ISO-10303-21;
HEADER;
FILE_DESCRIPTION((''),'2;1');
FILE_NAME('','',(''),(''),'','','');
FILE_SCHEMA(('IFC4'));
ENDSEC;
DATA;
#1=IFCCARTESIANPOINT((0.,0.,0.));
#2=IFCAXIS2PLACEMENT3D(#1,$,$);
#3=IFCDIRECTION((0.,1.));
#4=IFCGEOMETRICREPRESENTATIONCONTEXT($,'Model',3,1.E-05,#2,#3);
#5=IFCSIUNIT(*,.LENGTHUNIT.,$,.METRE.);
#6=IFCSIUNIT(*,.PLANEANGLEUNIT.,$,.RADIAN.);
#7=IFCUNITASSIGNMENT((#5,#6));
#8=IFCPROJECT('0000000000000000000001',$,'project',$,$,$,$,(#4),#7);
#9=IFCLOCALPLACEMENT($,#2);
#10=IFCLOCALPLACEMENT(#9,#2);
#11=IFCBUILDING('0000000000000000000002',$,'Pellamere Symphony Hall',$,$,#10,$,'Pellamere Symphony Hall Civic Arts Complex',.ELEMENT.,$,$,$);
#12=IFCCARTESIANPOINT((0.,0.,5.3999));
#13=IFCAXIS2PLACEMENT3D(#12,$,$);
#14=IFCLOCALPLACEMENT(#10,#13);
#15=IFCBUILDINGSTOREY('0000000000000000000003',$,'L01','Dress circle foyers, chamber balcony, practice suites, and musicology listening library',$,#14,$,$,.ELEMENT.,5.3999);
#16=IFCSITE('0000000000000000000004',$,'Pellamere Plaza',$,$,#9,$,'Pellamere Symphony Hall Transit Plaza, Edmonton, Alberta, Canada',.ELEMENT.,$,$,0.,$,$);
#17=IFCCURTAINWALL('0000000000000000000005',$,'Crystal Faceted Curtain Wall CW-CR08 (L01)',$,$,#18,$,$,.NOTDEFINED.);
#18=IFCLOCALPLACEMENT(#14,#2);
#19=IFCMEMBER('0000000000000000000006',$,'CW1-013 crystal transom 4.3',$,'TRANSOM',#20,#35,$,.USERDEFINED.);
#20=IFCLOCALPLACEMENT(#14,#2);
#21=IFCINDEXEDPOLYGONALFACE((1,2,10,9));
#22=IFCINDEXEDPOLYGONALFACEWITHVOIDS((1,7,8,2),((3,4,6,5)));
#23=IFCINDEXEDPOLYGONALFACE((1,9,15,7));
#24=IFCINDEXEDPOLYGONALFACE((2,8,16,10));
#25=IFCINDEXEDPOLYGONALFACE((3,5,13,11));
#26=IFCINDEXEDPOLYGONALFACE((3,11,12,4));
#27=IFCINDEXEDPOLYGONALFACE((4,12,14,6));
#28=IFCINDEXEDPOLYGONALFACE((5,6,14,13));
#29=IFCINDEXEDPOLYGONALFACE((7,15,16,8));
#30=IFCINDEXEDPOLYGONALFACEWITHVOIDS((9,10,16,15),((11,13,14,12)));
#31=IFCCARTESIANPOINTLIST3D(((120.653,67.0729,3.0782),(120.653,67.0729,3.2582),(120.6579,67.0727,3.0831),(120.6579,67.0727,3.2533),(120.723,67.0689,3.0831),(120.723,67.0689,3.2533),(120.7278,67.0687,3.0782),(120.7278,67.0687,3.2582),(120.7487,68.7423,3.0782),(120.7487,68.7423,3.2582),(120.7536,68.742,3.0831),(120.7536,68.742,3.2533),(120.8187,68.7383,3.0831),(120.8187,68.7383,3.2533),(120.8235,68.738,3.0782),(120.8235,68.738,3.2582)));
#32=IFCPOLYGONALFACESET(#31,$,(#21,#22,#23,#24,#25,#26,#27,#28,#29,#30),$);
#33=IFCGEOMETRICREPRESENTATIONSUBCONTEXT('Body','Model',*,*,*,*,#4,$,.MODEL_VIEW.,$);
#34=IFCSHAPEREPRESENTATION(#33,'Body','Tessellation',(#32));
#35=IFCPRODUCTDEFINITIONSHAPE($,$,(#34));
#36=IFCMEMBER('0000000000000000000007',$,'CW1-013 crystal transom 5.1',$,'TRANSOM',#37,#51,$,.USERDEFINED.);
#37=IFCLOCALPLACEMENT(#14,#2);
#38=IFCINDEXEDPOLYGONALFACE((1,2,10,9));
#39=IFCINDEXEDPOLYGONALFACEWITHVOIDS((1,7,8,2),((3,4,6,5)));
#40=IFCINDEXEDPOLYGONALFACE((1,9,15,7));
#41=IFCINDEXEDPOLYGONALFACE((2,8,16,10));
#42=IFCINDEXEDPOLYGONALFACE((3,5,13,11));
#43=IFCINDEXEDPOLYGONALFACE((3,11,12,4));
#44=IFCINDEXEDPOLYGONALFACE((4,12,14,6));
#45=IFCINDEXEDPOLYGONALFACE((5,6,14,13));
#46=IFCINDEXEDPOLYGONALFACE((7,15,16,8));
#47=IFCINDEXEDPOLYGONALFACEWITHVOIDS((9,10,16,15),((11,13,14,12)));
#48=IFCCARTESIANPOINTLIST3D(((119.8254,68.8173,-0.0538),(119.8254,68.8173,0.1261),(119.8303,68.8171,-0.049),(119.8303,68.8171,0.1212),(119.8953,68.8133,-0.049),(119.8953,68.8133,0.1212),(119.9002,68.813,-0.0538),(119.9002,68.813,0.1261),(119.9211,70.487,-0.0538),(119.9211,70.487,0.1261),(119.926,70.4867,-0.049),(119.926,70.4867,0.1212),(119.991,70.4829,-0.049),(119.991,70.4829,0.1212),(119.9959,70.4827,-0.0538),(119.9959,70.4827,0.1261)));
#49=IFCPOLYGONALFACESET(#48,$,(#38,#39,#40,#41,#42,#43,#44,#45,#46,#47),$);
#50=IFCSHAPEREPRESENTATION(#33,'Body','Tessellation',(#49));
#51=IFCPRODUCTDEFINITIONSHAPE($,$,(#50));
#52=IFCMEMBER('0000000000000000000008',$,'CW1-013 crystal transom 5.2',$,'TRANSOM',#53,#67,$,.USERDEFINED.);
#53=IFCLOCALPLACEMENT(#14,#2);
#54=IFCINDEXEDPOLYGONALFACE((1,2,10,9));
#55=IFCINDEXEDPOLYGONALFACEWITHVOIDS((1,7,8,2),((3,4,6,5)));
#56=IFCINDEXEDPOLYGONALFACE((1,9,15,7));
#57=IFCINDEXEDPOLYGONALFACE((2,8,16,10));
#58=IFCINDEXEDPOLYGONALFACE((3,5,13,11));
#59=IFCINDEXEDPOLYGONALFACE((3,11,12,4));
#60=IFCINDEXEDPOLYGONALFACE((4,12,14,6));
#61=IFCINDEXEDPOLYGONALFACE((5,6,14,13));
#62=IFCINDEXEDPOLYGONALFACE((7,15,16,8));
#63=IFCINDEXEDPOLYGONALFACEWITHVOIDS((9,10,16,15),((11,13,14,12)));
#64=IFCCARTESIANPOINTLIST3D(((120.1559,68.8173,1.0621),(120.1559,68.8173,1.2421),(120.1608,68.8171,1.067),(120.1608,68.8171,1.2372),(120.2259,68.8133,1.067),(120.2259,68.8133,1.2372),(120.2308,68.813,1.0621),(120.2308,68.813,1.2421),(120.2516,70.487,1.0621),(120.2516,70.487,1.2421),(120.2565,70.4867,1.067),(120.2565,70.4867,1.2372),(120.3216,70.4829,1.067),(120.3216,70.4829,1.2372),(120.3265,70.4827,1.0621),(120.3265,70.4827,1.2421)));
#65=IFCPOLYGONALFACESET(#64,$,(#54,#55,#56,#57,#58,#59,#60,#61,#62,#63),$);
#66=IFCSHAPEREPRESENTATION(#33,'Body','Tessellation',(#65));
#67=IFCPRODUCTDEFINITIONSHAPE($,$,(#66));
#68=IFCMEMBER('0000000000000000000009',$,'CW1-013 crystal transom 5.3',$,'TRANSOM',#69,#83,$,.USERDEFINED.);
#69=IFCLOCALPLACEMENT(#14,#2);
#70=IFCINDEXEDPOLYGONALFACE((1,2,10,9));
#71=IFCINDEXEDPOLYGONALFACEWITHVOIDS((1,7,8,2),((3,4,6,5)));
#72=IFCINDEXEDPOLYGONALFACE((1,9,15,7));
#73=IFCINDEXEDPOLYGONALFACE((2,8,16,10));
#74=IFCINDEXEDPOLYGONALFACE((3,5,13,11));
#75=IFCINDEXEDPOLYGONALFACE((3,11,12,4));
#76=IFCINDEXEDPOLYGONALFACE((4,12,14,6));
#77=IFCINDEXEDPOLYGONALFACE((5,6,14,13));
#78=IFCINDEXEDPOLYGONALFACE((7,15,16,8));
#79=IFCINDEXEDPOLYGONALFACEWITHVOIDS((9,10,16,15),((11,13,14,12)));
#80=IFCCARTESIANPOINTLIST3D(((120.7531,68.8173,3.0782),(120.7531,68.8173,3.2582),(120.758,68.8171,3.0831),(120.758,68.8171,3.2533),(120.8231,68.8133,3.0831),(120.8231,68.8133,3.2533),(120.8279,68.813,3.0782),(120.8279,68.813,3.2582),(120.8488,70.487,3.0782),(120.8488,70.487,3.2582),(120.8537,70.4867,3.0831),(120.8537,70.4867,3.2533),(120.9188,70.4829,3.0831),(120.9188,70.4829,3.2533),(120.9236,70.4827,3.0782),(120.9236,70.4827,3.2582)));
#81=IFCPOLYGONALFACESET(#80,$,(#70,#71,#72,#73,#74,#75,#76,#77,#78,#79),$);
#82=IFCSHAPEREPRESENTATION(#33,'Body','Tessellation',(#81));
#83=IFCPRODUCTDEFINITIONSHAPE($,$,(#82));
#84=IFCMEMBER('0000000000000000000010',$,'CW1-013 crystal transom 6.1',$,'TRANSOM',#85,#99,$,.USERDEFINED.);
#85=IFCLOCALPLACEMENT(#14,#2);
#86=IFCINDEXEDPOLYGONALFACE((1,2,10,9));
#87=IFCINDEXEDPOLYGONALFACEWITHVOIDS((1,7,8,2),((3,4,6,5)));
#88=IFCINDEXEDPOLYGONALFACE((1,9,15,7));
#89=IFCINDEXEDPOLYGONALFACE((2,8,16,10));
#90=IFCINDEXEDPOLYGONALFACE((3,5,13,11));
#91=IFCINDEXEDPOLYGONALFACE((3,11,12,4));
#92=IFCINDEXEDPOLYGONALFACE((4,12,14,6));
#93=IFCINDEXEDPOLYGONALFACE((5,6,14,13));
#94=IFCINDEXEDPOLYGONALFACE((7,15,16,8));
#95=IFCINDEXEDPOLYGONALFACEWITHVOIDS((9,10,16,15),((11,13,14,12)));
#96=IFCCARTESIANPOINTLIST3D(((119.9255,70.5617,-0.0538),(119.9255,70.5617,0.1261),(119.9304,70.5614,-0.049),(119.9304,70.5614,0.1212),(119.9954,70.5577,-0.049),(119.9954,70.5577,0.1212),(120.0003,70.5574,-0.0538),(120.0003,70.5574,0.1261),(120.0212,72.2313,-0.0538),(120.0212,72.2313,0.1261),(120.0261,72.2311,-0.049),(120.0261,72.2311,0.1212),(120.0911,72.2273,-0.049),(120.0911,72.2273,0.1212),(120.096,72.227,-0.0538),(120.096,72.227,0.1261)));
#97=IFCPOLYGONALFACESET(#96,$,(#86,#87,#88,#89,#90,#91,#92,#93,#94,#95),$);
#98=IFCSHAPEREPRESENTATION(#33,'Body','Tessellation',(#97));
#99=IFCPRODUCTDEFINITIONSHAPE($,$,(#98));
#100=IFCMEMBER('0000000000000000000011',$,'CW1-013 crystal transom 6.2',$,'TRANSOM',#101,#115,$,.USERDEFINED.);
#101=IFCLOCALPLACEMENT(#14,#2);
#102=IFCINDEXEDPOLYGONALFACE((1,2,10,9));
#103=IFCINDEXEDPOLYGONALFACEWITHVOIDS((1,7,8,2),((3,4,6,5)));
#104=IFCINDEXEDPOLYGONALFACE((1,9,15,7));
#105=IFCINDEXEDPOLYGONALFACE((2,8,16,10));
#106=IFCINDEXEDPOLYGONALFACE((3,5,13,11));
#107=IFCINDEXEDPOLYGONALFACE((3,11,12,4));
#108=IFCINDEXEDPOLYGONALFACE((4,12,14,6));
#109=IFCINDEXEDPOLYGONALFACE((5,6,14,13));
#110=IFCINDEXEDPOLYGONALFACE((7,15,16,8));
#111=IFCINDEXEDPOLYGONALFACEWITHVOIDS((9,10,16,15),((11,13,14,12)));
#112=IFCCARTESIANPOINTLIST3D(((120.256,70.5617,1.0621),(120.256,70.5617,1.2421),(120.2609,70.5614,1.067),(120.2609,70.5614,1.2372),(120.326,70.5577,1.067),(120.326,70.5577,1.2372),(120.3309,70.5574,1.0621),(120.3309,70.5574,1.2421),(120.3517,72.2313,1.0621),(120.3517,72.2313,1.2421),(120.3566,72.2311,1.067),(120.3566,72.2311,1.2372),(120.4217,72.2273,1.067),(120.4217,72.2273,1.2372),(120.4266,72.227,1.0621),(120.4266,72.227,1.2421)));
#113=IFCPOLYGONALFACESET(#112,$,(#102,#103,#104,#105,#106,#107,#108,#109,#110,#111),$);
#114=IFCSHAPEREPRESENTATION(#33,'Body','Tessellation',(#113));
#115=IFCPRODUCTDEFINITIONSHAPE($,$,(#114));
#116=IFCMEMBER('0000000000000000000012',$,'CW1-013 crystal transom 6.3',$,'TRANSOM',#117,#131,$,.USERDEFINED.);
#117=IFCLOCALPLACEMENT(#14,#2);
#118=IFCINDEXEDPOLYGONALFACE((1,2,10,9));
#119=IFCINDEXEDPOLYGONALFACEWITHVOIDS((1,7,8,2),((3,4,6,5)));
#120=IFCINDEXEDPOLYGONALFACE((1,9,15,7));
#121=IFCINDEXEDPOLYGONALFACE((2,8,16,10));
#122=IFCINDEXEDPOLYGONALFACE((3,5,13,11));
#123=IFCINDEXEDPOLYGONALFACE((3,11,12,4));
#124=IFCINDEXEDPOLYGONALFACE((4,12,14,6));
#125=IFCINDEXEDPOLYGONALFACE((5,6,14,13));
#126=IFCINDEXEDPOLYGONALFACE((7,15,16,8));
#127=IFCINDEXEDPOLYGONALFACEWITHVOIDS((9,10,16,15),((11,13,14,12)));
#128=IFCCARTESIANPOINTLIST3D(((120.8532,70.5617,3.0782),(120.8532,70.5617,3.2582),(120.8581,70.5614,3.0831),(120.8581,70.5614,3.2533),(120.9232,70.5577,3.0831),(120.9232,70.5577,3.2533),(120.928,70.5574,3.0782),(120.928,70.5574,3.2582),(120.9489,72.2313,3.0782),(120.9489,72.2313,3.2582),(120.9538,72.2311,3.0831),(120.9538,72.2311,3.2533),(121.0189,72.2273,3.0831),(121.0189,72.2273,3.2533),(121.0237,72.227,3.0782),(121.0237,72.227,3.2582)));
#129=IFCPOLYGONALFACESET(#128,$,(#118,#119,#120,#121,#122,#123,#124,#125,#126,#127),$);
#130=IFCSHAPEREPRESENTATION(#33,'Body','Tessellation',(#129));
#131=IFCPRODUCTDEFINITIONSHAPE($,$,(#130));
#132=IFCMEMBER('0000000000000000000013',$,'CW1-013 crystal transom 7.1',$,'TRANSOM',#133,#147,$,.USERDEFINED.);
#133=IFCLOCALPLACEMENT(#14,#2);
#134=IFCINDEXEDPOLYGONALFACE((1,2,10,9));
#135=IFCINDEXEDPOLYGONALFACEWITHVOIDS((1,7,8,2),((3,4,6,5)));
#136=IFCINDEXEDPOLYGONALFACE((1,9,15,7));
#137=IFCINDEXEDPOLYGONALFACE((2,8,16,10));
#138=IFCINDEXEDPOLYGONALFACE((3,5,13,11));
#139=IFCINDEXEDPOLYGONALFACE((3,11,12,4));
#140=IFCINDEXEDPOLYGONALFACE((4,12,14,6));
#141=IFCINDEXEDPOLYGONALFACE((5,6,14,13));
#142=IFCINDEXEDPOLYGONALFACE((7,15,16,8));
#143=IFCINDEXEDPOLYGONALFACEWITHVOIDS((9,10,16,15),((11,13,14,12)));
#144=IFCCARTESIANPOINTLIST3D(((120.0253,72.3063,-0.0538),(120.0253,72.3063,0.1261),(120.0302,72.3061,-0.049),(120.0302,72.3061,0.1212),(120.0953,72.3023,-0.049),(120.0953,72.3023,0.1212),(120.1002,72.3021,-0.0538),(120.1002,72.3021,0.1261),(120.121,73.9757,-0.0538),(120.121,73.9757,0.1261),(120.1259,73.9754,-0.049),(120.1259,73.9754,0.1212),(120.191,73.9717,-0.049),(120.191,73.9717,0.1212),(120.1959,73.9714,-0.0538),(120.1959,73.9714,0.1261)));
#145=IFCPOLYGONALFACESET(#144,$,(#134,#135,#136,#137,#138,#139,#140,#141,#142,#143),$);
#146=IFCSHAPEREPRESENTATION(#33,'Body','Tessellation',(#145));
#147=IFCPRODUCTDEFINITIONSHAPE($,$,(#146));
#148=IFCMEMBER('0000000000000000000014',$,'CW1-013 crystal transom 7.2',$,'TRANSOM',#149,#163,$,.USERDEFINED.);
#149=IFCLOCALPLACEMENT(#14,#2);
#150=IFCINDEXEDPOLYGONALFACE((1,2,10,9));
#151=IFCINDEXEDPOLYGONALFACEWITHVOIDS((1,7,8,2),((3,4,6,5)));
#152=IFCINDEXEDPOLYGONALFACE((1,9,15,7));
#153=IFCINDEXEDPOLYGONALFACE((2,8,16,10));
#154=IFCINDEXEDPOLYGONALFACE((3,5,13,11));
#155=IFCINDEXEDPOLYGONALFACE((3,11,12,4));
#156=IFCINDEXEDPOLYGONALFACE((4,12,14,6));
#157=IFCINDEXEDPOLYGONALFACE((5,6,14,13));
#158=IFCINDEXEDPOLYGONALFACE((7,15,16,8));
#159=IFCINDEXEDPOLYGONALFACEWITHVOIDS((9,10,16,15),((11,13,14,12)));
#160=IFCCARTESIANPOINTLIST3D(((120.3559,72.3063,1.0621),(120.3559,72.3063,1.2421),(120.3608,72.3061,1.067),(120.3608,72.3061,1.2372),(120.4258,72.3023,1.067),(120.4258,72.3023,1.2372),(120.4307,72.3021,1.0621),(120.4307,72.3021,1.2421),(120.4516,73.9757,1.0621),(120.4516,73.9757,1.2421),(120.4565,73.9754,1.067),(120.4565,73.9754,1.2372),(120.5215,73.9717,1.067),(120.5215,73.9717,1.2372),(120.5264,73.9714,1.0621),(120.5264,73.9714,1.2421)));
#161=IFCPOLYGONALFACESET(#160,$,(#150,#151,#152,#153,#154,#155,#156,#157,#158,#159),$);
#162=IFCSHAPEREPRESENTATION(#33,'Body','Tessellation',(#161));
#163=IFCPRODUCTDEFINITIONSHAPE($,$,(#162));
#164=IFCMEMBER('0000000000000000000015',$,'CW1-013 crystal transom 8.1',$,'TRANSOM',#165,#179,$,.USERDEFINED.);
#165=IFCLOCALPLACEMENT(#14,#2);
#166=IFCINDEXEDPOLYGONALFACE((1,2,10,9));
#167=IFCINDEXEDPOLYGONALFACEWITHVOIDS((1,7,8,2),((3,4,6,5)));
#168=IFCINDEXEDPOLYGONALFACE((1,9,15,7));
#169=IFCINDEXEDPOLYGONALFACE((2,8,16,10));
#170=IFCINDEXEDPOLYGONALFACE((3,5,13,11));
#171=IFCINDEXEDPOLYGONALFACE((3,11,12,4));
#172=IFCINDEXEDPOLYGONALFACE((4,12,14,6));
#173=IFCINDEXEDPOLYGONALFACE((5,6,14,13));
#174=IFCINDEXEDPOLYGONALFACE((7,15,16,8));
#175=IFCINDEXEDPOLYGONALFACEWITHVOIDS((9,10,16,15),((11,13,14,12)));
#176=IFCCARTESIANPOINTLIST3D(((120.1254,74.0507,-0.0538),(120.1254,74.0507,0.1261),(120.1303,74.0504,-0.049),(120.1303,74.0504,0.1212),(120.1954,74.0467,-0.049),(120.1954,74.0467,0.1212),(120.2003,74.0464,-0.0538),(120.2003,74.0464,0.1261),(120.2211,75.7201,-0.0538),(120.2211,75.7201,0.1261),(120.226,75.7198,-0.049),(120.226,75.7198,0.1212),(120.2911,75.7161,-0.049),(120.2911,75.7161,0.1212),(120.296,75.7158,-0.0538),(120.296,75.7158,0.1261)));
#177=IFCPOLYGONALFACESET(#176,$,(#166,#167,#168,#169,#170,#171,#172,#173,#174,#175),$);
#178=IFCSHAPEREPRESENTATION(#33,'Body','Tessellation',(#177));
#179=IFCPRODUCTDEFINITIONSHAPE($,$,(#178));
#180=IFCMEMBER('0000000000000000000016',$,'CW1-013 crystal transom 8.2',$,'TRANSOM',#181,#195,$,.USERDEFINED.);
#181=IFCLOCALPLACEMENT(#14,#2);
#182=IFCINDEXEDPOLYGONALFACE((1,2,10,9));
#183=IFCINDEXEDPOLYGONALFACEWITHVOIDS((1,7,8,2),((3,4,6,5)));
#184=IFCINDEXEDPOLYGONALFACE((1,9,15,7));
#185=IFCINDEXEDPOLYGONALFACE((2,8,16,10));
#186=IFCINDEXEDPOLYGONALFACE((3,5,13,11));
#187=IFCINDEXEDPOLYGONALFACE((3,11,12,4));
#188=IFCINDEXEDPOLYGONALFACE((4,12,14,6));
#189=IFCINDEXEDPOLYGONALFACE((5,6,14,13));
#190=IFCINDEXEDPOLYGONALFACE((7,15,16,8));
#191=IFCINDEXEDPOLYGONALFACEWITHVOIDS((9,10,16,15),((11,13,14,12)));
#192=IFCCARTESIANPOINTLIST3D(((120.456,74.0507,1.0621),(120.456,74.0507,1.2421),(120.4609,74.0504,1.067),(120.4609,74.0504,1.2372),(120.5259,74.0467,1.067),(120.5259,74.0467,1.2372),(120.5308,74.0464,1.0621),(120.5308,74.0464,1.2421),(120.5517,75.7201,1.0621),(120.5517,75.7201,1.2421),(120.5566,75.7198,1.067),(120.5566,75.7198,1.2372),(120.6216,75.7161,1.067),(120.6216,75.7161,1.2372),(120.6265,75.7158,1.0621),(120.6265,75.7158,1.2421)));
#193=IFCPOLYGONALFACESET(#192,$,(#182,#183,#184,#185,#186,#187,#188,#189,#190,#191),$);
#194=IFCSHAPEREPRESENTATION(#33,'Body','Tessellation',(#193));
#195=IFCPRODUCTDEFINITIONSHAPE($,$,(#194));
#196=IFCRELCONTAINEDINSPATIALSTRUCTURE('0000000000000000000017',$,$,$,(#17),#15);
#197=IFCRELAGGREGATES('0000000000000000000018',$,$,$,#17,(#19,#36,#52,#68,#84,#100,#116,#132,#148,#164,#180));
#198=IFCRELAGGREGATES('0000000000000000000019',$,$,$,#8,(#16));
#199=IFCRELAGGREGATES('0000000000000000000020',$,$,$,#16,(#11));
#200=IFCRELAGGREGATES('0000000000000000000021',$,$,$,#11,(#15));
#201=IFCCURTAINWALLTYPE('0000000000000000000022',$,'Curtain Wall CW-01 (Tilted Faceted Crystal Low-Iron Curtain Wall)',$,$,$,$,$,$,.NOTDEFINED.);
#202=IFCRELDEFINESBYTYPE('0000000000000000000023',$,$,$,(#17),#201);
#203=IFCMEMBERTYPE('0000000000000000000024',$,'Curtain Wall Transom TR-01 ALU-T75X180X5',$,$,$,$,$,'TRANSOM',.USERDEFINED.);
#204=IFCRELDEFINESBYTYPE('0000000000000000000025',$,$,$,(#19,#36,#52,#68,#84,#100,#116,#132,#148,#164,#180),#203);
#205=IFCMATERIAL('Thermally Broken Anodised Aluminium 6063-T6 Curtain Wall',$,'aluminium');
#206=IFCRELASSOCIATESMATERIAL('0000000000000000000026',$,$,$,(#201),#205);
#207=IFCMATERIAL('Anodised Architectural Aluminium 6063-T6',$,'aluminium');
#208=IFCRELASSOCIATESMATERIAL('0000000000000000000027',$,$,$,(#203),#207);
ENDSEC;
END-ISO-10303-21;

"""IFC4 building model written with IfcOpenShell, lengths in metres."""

from ifc_helpers import new_model, si_unit, direction, frame, origin, origin_2d, place, context, subcontext, project, spatial, hollow_rectangle, extrude, material, material_profile, profile_set, type_object, element, aggregate, save


model = new_model("IFC4")

# Units and contexts
model_context = context("Model", 3, precision=1e-05, world=origin(), true_north=direction((0.0, 1.0)))
body_context = subcontext(model_context, "Body", "Model", "MODEL_VIEW")
ifc_project = project(units=[si_unit("LENGTHUNIT", "METRE"), si_unit("PLANEANGLEUNIT", "RADIAN")], contexts=[model_context])

# Site, building, storey
site_placement = place(None, origin())
site = spatial("IfcSite", under=ifc_project, at=site_placement, Name="Pellamere Plaza", LongName="Pellamere Symphony Hall Transit Plaza, Edmonton, Alberta, Canada", CompositionType="ELEMENT", RefElevation=0.0)
building_placement = place(site_placement, origin())
building = spatial("IfcBuilding", under=site, at=building_placement, Name="Pellamere Symphony Hall", LongName="Pellamere Symphony Hall Civic Arts Complex", CompositionType="ELEMENT")
storey_placement = place(building_placement, frame((0.0, 0.0, 5.3999)))
storey = spatial("IfcBuildingStorey", under=building, at=storey_placement, Name="L01", Description="Dress circle foyers, chamber balcony, practice suites, and musicology listening library", CompositionType="ELEMENT", Elevation=5.3999)

# Curtain wall, members
ifc_material_1 = material(Name="Thermally Broken Anodised Aluminium 6063-T6 Curtain Wall", Category="aluminium")
curtain_wall_type = type_object("IfcCurtainWallType", Name="Curtain Wall CW-01 (Tilted Faceted Crystal Low-Iron Curtain Wall)", PredefinedType="NOTDEFINED", material=ifc_material_1)
curtain_wall_placement = place(storey_placement, origin())
curtain_wall = element("IfcCurtainWall", 1, at=curtain_wall_placement, inside=storey, type_object=curtain_wall_type, Name="Crystal Faceted Curtain Wall CW-CR08 (L01)", PredefinedType="NOTDEFINED")
ifc_material_2 = material(Name="Anodised Architectural Aluminium 6063-T6", Category="aluminium")
ifc_material_profile_1 = material_profile(ifc_material_2, hollow_rectangle(XDim=0.075, YDim=0.1799, WallThickness=0.0049, at=origin_2d()), Name="ALU-T75X180X5")
ifc_profile_set_1 = profile_set([ifc_material_profile_1], Name="Anodised Architectural Aluminium 6063-T6")
member_type_1 = type_object("IfcMemberType", Name="Curtain Wall Transom TR-01 ALU-T75X180X5", ElementType="TRANSOM", PredefinedType="USERDEFINED", material=ifc_profile_set_1)
member_1_placement = place(storey_placement, frame((120.6904, 67.0708, 3.1682), z_axis=(0.057233, 0.998361, 0.0), x_axis=(-0.998361, 0.057233, 0.0)))
member_1 = element("IfcMember", 2, at=member_1_placement, type_object=member_type_1, Name="CW1-013 crystal transom 4.3", ObjectType="TRANSOM", PredefinedType="USERDEFINED", context=body_context, shape_type="SweptSolid", body=[
    extrude(hollow_rectangle(XDim=0.075, YDim=0.1799, WallThickness=0.0049, at=origin_2d()), origin(), (0.0, 0.0, 1.0), 1.6721),
])
member_2_placement = place(storey_placement, frame((119.8628, 68.8152, 0.0361), z_axis=(0.057224, 0.998361, 0.0), x_axis=(-0.998361, 0.057224, 0.0)))
member_2 = element("IfcMember", 3, at=member_2_placement, type_object=member_type_1, Name="CW1-013 crystal transom 5.1", ObjectType="TRANSOM", PredefinedType="USERDEFINED", context=body_context, shape_type="SweptSolid", body=[
    extrude(hollow_rectangle(XDim=0.075, YDim=0.1799, WallThickness=0.0049, at=origin_2d()), origin(), (0.0, 0.0, 1.0), 1.6724),
])
member_3_placement = place(storey_placement, frame((120.1934, 68.8152, 1.1521), z_axis=(0.057224, 0.998361, 0.0), x_axis=(-0.998361, 0.057224, 0.0)))
member_3 = element("IfcMember", 4, at=member_3_placement, type_object=member_type_1, Name="CW1-013 crystal transom 5.2", ObjectType="TRANSOM", PredefinedType="USERDEFINED", context=body_context, shape_type="SweptSolid", body=[
    extrude(hollow_rectangle(XDim=0.075, YDim=0.1799, WallThickness=0.0049, at=origin_2d()), origin(), (0.0, 0.0, 1.0), 1.6724),
])
member_4_placement = place(storey_placement, frame((120.7905, 68.8152, 3.1682), z_axis=(0.057224, 0.998361, 0.0), x_axis=(-0.998361, 0.057224, 0.0)))
member_4 = element("IfcMember", 5, at=member_4_placement, type_object=member_type_1, Name="CW1-013 crystal transom 5.3", ObjectType="TRANSOM", PredefinedType="USERDEFINED", context=body_context, shape_type="SweptSolid", body=[
    extrude(hollow_rectangle(XDim=0.075, YDim=0.1799, WallThickness=0.0049, at=origin_2d()), origin(), (0.0, 0.0, 1.0), 1.6724),
])
member_5_placement = place(storey_placement, frame((119.9629, 70.5596, 0.0361), z_axis=(0.057224, 0.998361, 0.0), x_axis=(-0.998361, 0.057224, 0.0)))
member_5 = element("IfcMember", 6, at=member_5_placement, type_object=member_type_1, Name="CW1-013 crystal transom 6.1", ObjectType="TRANSOM", PredefinedType="USERDEFINED", context=body_context, shape_type="SweptSolid", body=[
    extrude(hollow_rectangle(XDim=0.075, YDim=0.1799, WallThickness=0.0049, at=origin_2d()), origin(), (0.0, 0.0, 1.0), 1.6724),
])
member_6_placement = place(storey_placement, frame((120.2935, 70.5596, 1.1521), z_axis=(0.057224, 0.998361, 0.0), x_axis=(-0.998361, 0.057224, 0.0)))
member_6 = element("IfcMember", 7, at=member_6_placement, type_object=member_type_1, Name="CW1-013 crystal transom 6.2", ObjectType="TRANSOM", PredefinedType="USERDEFINED", context=body_context, shape_type="SweptSolid", body=[
    extrude(hollow_rectangle(XDim=0.075, YDim=0.1799, WallThickness=0.0049, at=origin_2d()), origin(), (0.0, 0.0, 1.0), 1.6724),
])
member_7_placement = place(storey_placement, frame((120.8906, 70.5596, 3.1682), z_axis=(0.057224, 0.998361, 0.0), x_axis=(-0.998361, 0.057224, 0.0)))
member_7 = element("IfcMember", 8, at=member_7_placement, type_object=member_type_1, Name="CW1-013 crystal transom 6.3", ObjectType="TRANSOM", PredefinedType="USERDEFINED", context=body_context, shape_type="SweptSolid", body=[
    extrude(hollow_rectangle(XDim=0.075, YDim=0.1799, WallThickness=0.0049, at=origin_2d()), origin(), (0.0, 0.0, 1.0), 1.6724),
])
member_8_placement = place(storey_placement, frame((120.0627, 72.3042, 0.0361), z_axis=(0.057233, 0.998361, 0.0), x_axis=(-0.998361, 0.057233, 0.0)))
member_8 = element("IfcMember", 9, at=member_8_placement, type_object=member_type_1, Name="CW1-013 crystal transom 7.1", ObjectType="TRANSOM", PredefinedType="USERDEFINED", context=body_context, shape_type="SweptSolid", body=[
    extrude(hollow_rectangle(XDim=0.075, YDim=0.1799, WallThickness=0.0049, at=origin_2d()), origin(), (0.0, 0.0, 1.0), 1.6721),
])
member_9_placement = place(storey_placement, frame((120.3933, 72.3042, 1.1521), z_axis=(0.057233, 0.998361, 0.0), x_axis=(-0.998361, 0.057233, 0.0)))
member_9 = element("IfcMember", 10, at=member_9_placement, type_object=member_type_1, Name="CW1-013 crystal transom 7.2", ObjectType="TRANSOM", PredefinedType="USERDEFINED", context=body_context, shape_type="SweptSolid", body=[
    extrude(hollow_rectangle(XDim=0.075, YDim=0.1799, WallThickness=0.0049, at=origin_2d()), origin(), (0.0, 0.0, 1.0), 1.6721),
])
member_10_placement = place(storey_placement, frame((120.1628, 74.0486, 0.0361), z_axis=(0.057233, 0.998361, 0.0), x_axis=(-0.998361, 0.057233, 0.0)))
member_10 = element("IfcMember", 11, at=member_10_placement, type_object=member_type_1, Name="CW1-013 crystal transom 8.1", ObjectType="TRANSOM", PredefinedType="USERDEFINED", context=body_context, shape_type="SweptSolid", body=[
    extrude(hollow_rectangle(XDim=0.075, YDim=0.1799, WallThickness=0.0049, at=origin_2d()), origin(), (0.0, 0.0, 1.0), 1.6721),
])
member_11_placement = place(storey_placement, frame((120.4934, 74.0486, 1.1521), z_axis=(0.057233, 0.998361, 0.0), x_axis=(-0.998361, 0.057233, 0.0)))
member_11 = element("IfcMember", 12, at=member_11_placement, type_object=member_type_1, Name="CW1-013 crystal transom 8.2", ObjectType="TRANSOM", PredefinedType="USERDEFINED", context=body_context, shape_type="SweptSolid", body=[
    extrude(hollow_rectangle(XDim=0.075, YDim=0.1799, WallThickness=0.0049, at=origin_2d()), origin(), (0.0, 0.0, 1.0), 1.6721),
])
aggregate(curtain_wall, [member_1, member_2, member_3, member_4, member_5, member_6, member_7, member_8, member_9, member_10, member_11])

save(model, "model.ifc")
